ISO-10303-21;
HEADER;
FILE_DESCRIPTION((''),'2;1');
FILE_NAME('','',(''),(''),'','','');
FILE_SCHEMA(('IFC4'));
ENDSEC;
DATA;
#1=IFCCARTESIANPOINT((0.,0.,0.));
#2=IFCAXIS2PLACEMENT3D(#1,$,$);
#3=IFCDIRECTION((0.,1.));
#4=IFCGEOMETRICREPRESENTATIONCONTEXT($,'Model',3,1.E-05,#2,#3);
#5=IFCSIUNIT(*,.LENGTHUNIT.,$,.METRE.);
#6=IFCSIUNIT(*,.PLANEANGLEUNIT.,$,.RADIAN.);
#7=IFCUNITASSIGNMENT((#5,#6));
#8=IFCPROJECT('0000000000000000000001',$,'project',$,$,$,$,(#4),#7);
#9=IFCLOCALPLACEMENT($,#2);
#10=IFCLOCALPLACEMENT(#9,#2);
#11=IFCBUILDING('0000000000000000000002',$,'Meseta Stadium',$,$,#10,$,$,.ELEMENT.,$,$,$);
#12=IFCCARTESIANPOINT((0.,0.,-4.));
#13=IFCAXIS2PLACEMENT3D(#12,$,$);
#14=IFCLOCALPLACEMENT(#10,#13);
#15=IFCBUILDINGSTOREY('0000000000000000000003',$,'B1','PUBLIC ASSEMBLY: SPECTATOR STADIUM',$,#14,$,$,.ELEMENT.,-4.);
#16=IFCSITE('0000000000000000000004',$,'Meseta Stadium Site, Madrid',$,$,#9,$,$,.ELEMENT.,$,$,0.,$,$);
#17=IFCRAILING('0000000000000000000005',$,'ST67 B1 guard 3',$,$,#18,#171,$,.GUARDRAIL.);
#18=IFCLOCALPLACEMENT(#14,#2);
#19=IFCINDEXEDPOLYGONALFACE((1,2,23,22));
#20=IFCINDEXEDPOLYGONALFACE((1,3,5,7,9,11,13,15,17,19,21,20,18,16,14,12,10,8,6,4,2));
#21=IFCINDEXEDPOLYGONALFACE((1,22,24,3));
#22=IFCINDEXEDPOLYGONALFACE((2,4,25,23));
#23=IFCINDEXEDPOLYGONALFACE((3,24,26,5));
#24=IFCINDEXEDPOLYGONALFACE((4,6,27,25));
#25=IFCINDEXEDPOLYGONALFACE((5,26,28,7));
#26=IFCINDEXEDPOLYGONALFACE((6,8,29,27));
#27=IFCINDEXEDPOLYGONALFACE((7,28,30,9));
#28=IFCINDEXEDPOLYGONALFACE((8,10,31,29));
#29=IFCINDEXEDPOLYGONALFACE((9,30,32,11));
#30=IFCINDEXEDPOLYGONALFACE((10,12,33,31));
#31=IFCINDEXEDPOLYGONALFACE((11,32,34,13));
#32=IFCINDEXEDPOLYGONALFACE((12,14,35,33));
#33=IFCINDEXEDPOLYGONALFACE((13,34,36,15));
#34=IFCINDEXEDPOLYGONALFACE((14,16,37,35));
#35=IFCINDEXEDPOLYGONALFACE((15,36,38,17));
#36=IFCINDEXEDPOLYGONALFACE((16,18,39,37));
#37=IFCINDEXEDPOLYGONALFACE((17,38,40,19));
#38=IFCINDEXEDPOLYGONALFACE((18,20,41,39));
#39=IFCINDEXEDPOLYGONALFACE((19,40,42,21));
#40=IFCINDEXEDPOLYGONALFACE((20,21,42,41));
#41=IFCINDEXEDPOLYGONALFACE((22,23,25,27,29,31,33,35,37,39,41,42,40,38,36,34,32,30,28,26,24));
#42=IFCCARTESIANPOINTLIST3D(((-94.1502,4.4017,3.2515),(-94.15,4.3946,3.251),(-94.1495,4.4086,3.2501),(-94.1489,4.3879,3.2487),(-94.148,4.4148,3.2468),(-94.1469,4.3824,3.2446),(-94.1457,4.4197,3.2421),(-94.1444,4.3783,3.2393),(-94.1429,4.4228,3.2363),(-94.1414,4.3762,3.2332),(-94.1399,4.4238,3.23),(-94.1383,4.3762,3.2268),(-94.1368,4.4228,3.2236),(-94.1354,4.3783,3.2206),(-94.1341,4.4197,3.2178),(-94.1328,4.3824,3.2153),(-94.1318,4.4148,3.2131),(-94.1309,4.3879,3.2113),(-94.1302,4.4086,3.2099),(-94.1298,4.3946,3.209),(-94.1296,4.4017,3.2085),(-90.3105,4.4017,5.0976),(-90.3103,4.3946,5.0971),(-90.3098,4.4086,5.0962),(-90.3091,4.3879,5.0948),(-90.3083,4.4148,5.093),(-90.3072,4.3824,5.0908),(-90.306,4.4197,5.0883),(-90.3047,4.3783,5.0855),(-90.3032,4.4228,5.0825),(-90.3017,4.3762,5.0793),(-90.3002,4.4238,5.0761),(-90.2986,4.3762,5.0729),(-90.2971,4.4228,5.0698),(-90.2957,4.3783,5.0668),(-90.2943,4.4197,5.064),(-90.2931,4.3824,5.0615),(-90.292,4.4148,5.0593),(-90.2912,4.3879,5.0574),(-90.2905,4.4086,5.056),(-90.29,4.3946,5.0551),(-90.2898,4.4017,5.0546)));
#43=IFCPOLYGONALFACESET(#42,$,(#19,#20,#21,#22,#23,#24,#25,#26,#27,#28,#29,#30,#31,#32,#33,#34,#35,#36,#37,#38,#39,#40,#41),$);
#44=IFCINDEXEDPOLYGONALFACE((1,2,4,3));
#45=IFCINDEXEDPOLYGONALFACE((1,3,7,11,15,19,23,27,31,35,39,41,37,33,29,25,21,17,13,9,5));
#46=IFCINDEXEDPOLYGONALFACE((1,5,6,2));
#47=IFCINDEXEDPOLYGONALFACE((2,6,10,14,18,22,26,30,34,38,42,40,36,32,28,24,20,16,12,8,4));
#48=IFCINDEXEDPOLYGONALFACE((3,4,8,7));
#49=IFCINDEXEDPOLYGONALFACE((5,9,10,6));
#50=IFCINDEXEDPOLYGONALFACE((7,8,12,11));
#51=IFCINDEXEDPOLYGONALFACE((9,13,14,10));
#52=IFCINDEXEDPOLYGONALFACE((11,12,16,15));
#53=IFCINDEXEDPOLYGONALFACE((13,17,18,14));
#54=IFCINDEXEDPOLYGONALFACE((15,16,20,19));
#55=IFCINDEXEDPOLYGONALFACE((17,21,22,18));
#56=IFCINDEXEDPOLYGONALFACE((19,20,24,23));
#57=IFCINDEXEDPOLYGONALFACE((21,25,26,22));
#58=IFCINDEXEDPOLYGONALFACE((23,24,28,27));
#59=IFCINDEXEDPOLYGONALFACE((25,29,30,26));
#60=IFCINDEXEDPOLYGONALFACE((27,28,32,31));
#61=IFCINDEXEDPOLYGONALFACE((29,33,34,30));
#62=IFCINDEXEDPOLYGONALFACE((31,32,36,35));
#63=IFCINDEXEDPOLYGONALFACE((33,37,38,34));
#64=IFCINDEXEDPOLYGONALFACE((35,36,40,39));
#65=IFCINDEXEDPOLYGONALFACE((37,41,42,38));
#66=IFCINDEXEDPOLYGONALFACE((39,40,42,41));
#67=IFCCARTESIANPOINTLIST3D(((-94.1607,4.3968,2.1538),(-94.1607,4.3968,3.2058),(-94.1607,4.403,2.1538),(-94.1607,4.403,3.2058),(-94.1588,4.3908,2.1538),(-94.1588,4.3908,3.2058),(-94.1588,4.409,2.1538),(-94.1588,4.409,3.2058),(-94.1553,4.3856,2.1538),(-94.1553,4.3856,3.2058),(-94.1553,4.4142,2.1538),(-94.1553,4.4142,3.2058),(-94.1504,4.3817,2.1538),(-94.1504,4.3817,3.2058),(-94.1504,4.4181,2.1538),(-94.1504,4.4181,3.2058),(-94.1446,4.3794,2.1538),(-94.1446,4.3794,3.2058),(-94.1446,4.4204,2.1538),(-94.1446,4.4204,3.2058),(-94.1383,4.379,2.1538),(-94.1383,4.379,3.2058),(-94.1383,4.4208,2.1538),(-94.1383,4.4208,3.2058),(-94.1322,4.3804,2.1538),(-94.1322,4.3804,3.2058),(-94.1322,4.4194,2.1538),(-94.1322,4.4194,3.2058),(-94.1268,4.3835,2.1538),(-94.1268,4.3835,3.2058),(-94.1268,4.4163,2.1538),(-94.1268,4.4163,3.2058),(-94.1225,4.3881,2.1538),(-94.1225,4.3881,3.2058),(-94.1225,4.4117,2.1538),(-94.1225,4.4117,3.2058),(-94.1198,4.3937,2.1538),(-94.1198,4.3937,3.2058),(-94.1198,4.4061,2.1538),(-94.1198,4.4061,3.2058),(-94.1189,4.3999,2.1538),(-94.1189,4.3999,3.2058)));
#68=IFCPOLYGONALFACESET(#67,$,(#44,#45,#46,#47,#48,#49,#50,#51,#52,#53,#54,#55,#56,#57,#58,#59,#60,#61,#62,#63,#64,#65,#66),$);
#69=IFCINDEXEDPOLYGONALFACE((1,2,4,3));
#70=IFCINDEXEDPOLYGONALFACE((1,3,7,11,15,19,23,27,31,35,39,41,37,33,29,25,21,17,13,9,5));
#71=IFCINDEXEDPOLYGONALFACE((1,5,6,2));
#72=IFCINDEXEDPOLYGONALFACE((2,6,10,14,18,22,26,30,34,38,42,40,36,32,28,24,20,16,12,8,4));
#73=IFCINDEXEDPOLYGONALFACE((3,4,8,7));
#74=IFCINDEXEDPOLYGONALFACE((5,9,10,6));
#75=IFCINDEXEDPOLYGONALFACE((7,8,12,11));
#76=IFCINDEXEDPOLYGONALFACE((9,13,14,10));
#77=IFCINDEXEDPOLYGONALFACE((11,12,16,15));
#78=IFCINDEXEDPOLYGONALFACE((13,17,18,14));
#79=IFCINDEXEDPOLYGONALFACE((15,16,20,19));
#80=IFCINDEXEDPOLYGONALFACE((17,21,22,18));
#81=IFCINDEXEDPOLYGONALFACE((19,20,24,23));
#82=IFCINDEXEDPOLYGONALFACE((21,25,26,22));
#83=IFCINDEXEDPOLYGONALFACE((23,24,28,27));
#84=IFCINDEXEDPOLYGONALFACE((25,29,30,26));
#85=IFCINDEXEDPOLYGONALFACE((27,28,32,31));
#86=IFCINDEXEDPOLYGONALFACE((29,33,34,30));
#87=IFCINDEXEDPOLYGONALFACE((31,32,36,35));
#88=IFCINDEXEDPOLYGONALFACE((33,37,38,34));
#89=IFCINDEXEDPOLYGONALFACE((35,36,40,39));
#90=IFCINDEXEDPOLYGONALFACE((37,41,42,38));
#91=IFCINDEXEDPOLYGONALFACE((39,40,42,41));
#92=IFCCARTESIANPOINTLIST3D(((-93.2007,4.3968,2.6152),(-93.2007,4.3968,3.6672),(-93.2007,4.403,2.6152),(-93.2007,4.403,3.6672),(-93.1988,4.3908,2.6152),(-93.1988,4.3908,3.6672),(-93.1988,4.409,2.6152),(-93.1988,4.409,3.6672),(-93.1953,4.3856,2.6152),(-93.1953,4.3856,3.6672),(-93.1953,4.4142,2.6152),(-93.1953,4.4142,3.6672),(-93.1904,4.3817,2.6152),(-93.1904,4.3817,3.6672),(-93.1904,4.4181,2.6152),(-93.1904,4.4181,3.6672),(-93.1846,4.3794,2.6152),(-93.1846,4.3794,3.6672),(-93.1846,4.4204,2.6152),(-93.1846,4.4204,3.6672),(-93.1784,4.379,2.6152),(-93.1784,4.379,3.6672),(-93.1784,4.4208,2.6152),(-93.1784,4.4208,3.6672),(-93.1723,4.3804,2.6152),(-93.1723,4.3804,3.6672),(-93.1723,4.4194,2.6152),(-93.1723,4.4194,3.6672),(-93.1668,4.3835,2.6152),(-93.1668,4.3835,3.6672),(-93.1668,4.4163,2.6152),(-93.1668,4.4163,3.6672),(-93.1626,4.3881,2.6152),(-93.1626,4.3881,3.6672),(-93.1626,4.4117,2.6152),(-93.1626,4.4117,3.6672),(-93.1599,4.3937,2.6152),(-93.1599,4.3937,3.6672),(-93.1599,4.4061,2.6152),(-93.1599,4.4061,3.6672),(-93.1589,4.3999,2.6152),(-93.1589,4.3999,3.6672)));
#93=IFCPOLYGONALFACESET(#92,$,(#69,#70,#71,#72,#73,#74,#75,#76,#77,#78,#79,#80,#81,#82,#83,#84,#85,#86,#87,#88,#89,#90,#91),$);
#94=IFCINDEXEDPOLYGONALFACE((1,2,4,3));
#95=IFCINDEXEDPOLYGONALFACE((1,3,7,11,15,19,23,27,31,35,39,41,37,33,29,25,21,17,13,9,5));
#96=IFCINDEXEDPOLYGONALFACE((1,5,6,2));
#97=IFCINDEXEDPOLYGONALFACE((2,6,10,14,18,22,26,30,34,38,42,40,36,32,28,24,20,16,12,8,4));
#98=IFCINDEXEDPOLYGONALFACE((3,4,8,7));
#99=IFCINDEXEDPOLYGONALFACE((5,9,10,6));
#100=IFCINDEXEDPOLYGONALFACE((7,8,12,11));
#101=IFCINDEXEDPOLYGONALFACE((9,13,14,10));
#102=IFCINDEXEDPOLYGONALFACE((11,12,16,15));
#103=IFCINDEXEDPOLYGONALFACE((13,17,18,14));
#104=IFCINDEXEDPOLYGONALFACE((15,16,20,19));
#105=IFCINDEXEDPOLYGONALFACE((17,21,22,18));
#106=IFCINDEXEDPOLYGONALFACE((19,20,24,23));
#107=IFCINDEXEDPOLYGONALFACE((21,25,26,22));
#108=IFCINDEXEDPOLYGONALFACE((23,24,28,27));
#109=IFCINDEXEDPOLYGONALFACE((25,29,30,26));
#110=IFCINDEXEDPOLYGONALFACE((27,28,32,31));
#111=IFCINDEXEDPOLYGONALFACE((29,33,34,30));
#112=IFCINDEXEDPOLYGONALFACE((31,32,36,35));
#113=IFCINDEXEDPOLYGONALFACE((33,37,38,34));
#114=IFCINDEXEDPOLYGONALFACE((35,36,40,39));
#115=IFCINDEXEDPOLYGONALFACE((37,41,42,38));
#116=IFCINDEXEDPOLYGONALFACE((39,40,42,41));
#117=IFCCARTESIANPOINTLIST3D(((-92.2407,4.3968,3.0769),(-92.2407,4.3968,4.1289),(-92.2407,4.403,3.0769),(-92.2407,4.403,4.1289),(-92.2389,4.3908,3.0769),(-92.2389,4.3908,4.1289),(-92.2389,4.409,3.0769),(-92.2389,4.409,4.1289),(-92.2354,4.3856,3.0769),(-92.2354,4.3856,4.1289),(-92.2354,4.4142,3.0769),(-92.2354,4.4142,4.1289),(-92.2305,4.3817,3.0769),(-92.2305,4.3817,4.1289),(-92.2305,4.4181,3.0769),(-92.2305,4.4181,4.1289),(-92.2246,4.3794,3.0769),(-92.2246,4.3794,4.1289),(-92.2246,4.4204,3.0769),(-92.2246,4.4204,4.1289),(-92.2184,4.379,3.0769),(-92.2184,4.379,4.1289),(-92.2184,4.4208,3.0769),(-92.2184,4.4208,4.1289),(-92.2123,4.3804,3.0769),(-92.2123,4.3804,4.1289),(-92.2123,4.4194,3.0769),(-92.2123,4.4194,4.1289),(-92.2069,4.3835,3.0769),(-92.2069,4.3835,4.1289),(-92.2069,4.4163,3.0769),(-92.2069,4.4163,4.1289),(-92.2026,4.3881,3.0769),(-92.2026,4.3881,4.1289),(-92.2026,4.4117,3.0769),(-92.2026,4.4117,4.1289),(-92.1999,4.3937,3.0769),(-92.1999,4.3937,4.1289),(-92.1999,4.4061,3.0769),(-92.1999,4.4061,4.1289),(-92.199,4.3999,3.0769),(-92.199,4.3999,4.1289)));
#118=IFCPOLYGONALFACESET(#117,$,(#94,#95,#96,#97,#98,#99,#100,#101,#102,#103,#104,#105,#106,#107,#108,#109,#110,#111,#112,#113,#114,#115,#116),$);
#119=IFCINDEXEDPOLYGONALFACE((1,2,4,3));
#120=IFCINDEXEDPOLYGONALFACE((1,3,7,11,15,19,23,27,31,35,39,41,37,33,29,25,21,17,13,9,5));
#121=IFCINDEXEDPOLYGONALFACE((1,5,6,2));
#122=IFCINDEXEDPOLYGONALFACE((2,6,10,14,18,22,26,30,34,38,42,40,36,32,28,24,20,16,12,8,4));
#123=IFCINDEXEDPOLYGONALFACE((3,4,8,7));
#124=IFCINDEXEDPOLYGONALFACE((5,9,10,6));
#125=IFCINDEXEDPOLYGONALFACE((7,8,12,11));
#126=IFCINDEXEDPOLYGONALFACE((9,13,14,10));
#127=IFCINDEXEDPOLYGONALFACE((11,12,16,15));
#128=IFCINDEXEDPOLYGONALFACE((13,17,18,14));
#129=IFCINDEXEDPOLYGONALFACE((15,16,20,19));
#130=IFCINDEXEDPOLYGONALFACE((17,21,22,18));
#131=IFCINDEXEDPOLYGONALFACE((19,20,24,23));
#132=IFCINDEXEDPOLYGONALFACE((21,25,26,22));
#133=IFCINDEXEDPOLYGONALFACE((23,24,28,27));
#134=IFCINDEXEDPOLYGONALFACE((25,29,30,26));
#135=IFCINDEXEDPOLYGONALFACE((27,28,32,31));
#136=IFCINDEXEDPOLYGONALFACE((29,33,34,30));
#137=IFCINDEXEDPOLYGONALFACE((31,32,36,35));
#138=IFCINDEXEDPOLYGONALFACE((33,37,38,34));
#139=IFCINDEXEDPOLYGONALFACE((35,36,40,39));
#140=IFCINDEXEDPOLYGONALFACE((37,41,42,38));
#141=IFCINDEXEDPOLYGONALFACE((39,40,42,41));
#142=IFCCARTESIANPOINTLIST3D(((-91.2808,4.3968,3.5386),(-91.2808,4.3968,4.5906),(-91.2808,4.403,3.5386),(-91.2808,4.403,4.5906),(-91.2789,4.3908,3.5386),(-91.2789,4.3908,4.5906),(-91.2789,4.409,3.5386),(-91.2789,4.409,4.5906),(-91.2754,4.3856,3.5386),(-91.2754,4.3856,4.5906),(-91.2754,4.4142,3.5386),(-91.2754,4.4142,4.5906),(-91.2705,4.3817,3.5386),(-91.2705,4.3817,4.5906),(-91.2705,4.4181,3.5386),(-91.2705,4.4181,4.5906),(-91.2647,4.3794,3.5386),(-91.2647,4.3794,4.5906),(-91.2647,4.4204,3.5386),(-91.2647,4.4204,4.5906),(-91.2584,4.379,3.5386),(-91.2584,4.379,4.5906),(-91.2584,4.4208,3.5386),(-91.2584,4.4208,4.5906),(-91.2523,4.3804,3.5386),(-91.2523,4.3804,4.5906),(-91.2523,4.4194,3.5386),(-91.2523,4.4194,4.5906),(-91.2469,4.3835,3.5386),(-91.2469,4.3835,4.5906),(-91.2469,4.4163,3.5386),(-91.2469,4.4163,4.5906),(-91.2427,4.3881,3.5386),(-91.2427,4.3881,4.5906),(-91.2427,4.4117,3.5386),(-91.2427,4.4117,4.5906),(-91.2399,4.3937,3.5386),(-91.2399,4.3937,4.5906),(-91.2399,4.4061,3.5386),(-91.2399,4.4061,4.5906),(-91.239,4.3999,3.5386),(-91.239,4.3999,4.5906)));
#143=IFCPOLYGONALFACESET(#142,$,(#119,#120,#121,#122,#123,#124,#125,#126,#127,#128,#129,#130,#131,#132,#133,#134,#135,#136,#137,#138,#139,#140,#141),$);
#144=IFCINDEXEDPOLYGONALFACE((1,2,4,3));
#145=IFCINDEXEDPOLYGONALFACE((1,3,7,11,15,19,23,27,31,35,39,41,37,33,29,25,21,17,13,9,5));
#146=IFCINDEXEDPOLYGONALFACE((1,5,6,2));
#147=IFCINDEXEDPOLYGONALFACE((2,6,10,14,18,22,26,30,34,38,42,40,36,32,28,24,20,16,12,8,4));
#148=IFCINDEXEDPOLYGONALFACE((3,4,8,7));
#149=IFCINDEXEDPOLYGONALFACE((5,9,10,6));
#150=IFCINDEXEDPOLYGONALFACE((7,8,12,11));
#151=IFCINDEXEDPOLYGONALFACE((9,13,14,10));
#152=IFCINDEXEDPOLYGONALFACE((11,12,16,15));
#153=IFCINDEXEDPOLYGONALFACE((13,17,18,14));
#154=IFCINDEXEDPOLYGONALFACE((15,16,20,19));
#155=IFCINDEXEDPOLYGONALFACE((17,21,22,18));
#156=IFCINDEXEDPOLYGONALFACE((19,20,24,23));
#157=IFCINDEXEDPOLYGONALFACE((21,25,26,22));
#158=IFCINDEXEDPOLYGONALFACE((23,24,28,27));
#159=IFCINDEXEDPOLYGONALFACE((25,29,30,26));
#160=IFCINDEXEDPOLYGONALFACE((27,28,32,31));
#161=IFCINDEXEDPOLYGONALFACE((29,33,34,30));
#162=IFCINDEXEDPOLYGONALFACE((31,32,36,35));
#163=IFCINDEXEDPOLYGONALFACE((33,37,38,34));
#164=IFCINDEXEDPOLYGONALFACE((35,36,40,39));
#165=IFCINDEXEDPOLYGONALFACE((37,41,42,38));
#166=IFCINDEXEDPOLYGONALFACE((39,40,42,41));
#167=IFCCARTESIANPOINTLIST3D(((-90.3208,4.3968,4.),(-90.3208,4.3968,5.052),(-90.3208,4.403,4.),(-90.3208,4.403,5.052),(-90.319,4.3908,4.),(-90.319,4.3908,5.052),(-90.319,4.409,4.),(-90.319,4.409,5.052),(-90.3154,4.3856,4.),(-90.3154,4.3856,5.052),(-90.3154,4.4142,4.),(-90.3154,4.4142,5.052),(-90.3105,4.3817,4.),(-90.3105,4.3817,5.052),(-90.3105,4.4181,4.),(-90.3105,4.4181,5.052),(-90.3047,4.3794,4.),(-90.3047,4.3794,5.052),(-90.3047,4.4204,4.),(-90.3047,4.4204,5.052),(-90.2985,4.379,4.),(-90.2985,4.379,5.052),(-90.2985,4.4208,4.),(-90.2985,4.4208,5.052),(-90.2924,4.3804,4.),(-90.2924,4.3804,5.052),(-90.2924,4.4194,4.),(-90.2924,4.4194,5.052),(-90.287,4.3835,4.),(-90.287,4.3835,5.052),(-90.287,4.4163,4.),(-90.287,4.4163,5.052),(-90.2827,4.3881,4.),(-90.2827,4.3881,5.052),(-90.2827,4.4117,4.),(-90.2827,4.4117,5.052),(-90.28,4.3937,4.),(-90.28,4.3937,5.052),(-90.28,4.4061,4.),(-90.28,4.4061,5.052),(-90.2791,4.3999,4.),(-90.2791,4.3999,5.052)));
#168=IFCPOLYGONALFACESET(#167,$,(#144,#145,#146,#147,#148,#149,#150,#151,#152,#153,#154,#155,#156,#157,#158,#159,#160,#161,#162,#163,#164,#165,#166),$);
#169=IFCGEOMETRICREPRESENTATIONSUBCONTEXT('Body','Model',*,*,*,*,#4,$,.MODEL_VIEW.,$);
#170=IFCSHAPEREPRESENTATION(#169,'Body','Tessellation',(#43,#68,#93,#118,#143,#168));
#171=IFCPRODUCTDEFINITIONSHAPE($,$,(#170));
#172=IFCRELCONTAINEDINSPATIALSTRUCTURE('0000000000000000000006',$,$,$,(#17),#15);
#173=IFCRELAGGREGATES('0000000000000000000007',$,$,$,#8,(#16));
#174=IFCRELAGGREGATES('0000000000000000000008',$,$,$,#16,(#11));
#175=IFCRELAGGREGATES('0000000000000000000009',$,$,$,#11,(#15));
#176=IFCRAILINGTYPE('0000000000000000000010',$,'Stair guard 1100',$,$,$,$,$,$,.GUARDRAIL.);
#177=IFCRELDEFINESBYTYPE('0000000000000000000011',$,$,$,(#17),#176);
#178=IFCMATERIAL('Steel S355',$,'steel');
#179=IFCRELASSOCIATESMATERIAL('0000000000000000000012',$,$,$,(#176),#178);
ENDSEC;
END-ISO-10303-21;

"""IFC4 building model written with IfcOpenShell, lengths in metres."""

from ifc_helpers import new_model, si_unit, direction, frame, origin, origin_2d, place, context, subcontext, project, spatial, circle, extrude, material, type_object, element, save


model = new_model("IFC4")

# Units and contexts
model_context = context("Model", 3, precision=1e-05, world=origin(), true_north=direction((0.0, 1.0)))
body_context = subcontext(model_context, "Body", "Model", "MODEL_VIEW")
ifc_project = project(units=[si_unit("LENGTHUNIT", "METRE"), si_unit("PLANEANGLEUNIT", "RADIAN")], contexts=[model_context])

# Site, building, storey
site_placement = place(None, origin())
site = spatial("IfcSite", under=ifc_project, at=site_placement, Name="Meseta Stadium Site, Madrid", CompositionType="ELEMENT", RefElevation=0.0)
building_placement = place(site_placement, origin())
building = spatial("IfcBuilding", under=site, at=building_placement, Name="Meseta Stadium", CompositionType="ELEMENT")
storey_placement = place(building_placement, frame((0.0, 0.0, -4.0)))
storey = spatial("IfcBuildingStorey", under=building, at=storey_placement, Name="B1", Description="PUBLIC ASSEMBLY: SPECTATOR STADIUM", CompositionType="ELEMENT", Elevation=-4.0)

# Railing
ifc_material_1 = material(Name="Steel S355", Category="steel")
railing_type_1 = type_object("IfcRailingType", Name="Stair guard 1100", PredefinedType="GUARDRAIL", material=ifc_material_1)
railing_1_placement = place(storey_placement, frame((-94.1399, 4.3999, 2.1538)))
element("IfcRailing", 1, at=railing_1_placement, inside=storey, type_object=railing_type_1, Name="ST67 B1 guard 3", PredefinedType="GUARDRAIL", context=body_context, shape_type="SweptSolid", body=[
    extrude(circle(Radius=0.0239, at=origin_2d()), frame((0.0, 0.0, 1.0762), z_axis=(0.901242, 0.0, 0.433316), x_axis=(0.0, 1.0, 0.0)), (0.0, 0.0, 1.0), 4.2605),
    extrude(circle(Radius=0.021, at=origin_2d()), origin(), (0.0, 0.0, 1.0), 1.052),
    extrude(circle(Radius=0.021, at=origin_2d()), frame((0.96, 0.0, 0.4614)), (0.0, 0.0, 1.0), 1.052),
    extrude(circle(Radius=0.021, at=origin_2d()), frame((1.9199, 0.0, 0.9231)), (0.0, 0.0, 1.0), 1.052),
    extrude(circle(Radius=0.021, at=origin_2d()), frame((2.8799, 0.0, 1.3848)), (0.0, 0.0, 1.0), 1.052),
    extrude(circle(Radius=0.021, at=origin_2d()), frame((3.8398, 0.0, 1.8462)), (0.0, 0.0, 1.0), 1.052),
])

save(model, "model.ifc")
